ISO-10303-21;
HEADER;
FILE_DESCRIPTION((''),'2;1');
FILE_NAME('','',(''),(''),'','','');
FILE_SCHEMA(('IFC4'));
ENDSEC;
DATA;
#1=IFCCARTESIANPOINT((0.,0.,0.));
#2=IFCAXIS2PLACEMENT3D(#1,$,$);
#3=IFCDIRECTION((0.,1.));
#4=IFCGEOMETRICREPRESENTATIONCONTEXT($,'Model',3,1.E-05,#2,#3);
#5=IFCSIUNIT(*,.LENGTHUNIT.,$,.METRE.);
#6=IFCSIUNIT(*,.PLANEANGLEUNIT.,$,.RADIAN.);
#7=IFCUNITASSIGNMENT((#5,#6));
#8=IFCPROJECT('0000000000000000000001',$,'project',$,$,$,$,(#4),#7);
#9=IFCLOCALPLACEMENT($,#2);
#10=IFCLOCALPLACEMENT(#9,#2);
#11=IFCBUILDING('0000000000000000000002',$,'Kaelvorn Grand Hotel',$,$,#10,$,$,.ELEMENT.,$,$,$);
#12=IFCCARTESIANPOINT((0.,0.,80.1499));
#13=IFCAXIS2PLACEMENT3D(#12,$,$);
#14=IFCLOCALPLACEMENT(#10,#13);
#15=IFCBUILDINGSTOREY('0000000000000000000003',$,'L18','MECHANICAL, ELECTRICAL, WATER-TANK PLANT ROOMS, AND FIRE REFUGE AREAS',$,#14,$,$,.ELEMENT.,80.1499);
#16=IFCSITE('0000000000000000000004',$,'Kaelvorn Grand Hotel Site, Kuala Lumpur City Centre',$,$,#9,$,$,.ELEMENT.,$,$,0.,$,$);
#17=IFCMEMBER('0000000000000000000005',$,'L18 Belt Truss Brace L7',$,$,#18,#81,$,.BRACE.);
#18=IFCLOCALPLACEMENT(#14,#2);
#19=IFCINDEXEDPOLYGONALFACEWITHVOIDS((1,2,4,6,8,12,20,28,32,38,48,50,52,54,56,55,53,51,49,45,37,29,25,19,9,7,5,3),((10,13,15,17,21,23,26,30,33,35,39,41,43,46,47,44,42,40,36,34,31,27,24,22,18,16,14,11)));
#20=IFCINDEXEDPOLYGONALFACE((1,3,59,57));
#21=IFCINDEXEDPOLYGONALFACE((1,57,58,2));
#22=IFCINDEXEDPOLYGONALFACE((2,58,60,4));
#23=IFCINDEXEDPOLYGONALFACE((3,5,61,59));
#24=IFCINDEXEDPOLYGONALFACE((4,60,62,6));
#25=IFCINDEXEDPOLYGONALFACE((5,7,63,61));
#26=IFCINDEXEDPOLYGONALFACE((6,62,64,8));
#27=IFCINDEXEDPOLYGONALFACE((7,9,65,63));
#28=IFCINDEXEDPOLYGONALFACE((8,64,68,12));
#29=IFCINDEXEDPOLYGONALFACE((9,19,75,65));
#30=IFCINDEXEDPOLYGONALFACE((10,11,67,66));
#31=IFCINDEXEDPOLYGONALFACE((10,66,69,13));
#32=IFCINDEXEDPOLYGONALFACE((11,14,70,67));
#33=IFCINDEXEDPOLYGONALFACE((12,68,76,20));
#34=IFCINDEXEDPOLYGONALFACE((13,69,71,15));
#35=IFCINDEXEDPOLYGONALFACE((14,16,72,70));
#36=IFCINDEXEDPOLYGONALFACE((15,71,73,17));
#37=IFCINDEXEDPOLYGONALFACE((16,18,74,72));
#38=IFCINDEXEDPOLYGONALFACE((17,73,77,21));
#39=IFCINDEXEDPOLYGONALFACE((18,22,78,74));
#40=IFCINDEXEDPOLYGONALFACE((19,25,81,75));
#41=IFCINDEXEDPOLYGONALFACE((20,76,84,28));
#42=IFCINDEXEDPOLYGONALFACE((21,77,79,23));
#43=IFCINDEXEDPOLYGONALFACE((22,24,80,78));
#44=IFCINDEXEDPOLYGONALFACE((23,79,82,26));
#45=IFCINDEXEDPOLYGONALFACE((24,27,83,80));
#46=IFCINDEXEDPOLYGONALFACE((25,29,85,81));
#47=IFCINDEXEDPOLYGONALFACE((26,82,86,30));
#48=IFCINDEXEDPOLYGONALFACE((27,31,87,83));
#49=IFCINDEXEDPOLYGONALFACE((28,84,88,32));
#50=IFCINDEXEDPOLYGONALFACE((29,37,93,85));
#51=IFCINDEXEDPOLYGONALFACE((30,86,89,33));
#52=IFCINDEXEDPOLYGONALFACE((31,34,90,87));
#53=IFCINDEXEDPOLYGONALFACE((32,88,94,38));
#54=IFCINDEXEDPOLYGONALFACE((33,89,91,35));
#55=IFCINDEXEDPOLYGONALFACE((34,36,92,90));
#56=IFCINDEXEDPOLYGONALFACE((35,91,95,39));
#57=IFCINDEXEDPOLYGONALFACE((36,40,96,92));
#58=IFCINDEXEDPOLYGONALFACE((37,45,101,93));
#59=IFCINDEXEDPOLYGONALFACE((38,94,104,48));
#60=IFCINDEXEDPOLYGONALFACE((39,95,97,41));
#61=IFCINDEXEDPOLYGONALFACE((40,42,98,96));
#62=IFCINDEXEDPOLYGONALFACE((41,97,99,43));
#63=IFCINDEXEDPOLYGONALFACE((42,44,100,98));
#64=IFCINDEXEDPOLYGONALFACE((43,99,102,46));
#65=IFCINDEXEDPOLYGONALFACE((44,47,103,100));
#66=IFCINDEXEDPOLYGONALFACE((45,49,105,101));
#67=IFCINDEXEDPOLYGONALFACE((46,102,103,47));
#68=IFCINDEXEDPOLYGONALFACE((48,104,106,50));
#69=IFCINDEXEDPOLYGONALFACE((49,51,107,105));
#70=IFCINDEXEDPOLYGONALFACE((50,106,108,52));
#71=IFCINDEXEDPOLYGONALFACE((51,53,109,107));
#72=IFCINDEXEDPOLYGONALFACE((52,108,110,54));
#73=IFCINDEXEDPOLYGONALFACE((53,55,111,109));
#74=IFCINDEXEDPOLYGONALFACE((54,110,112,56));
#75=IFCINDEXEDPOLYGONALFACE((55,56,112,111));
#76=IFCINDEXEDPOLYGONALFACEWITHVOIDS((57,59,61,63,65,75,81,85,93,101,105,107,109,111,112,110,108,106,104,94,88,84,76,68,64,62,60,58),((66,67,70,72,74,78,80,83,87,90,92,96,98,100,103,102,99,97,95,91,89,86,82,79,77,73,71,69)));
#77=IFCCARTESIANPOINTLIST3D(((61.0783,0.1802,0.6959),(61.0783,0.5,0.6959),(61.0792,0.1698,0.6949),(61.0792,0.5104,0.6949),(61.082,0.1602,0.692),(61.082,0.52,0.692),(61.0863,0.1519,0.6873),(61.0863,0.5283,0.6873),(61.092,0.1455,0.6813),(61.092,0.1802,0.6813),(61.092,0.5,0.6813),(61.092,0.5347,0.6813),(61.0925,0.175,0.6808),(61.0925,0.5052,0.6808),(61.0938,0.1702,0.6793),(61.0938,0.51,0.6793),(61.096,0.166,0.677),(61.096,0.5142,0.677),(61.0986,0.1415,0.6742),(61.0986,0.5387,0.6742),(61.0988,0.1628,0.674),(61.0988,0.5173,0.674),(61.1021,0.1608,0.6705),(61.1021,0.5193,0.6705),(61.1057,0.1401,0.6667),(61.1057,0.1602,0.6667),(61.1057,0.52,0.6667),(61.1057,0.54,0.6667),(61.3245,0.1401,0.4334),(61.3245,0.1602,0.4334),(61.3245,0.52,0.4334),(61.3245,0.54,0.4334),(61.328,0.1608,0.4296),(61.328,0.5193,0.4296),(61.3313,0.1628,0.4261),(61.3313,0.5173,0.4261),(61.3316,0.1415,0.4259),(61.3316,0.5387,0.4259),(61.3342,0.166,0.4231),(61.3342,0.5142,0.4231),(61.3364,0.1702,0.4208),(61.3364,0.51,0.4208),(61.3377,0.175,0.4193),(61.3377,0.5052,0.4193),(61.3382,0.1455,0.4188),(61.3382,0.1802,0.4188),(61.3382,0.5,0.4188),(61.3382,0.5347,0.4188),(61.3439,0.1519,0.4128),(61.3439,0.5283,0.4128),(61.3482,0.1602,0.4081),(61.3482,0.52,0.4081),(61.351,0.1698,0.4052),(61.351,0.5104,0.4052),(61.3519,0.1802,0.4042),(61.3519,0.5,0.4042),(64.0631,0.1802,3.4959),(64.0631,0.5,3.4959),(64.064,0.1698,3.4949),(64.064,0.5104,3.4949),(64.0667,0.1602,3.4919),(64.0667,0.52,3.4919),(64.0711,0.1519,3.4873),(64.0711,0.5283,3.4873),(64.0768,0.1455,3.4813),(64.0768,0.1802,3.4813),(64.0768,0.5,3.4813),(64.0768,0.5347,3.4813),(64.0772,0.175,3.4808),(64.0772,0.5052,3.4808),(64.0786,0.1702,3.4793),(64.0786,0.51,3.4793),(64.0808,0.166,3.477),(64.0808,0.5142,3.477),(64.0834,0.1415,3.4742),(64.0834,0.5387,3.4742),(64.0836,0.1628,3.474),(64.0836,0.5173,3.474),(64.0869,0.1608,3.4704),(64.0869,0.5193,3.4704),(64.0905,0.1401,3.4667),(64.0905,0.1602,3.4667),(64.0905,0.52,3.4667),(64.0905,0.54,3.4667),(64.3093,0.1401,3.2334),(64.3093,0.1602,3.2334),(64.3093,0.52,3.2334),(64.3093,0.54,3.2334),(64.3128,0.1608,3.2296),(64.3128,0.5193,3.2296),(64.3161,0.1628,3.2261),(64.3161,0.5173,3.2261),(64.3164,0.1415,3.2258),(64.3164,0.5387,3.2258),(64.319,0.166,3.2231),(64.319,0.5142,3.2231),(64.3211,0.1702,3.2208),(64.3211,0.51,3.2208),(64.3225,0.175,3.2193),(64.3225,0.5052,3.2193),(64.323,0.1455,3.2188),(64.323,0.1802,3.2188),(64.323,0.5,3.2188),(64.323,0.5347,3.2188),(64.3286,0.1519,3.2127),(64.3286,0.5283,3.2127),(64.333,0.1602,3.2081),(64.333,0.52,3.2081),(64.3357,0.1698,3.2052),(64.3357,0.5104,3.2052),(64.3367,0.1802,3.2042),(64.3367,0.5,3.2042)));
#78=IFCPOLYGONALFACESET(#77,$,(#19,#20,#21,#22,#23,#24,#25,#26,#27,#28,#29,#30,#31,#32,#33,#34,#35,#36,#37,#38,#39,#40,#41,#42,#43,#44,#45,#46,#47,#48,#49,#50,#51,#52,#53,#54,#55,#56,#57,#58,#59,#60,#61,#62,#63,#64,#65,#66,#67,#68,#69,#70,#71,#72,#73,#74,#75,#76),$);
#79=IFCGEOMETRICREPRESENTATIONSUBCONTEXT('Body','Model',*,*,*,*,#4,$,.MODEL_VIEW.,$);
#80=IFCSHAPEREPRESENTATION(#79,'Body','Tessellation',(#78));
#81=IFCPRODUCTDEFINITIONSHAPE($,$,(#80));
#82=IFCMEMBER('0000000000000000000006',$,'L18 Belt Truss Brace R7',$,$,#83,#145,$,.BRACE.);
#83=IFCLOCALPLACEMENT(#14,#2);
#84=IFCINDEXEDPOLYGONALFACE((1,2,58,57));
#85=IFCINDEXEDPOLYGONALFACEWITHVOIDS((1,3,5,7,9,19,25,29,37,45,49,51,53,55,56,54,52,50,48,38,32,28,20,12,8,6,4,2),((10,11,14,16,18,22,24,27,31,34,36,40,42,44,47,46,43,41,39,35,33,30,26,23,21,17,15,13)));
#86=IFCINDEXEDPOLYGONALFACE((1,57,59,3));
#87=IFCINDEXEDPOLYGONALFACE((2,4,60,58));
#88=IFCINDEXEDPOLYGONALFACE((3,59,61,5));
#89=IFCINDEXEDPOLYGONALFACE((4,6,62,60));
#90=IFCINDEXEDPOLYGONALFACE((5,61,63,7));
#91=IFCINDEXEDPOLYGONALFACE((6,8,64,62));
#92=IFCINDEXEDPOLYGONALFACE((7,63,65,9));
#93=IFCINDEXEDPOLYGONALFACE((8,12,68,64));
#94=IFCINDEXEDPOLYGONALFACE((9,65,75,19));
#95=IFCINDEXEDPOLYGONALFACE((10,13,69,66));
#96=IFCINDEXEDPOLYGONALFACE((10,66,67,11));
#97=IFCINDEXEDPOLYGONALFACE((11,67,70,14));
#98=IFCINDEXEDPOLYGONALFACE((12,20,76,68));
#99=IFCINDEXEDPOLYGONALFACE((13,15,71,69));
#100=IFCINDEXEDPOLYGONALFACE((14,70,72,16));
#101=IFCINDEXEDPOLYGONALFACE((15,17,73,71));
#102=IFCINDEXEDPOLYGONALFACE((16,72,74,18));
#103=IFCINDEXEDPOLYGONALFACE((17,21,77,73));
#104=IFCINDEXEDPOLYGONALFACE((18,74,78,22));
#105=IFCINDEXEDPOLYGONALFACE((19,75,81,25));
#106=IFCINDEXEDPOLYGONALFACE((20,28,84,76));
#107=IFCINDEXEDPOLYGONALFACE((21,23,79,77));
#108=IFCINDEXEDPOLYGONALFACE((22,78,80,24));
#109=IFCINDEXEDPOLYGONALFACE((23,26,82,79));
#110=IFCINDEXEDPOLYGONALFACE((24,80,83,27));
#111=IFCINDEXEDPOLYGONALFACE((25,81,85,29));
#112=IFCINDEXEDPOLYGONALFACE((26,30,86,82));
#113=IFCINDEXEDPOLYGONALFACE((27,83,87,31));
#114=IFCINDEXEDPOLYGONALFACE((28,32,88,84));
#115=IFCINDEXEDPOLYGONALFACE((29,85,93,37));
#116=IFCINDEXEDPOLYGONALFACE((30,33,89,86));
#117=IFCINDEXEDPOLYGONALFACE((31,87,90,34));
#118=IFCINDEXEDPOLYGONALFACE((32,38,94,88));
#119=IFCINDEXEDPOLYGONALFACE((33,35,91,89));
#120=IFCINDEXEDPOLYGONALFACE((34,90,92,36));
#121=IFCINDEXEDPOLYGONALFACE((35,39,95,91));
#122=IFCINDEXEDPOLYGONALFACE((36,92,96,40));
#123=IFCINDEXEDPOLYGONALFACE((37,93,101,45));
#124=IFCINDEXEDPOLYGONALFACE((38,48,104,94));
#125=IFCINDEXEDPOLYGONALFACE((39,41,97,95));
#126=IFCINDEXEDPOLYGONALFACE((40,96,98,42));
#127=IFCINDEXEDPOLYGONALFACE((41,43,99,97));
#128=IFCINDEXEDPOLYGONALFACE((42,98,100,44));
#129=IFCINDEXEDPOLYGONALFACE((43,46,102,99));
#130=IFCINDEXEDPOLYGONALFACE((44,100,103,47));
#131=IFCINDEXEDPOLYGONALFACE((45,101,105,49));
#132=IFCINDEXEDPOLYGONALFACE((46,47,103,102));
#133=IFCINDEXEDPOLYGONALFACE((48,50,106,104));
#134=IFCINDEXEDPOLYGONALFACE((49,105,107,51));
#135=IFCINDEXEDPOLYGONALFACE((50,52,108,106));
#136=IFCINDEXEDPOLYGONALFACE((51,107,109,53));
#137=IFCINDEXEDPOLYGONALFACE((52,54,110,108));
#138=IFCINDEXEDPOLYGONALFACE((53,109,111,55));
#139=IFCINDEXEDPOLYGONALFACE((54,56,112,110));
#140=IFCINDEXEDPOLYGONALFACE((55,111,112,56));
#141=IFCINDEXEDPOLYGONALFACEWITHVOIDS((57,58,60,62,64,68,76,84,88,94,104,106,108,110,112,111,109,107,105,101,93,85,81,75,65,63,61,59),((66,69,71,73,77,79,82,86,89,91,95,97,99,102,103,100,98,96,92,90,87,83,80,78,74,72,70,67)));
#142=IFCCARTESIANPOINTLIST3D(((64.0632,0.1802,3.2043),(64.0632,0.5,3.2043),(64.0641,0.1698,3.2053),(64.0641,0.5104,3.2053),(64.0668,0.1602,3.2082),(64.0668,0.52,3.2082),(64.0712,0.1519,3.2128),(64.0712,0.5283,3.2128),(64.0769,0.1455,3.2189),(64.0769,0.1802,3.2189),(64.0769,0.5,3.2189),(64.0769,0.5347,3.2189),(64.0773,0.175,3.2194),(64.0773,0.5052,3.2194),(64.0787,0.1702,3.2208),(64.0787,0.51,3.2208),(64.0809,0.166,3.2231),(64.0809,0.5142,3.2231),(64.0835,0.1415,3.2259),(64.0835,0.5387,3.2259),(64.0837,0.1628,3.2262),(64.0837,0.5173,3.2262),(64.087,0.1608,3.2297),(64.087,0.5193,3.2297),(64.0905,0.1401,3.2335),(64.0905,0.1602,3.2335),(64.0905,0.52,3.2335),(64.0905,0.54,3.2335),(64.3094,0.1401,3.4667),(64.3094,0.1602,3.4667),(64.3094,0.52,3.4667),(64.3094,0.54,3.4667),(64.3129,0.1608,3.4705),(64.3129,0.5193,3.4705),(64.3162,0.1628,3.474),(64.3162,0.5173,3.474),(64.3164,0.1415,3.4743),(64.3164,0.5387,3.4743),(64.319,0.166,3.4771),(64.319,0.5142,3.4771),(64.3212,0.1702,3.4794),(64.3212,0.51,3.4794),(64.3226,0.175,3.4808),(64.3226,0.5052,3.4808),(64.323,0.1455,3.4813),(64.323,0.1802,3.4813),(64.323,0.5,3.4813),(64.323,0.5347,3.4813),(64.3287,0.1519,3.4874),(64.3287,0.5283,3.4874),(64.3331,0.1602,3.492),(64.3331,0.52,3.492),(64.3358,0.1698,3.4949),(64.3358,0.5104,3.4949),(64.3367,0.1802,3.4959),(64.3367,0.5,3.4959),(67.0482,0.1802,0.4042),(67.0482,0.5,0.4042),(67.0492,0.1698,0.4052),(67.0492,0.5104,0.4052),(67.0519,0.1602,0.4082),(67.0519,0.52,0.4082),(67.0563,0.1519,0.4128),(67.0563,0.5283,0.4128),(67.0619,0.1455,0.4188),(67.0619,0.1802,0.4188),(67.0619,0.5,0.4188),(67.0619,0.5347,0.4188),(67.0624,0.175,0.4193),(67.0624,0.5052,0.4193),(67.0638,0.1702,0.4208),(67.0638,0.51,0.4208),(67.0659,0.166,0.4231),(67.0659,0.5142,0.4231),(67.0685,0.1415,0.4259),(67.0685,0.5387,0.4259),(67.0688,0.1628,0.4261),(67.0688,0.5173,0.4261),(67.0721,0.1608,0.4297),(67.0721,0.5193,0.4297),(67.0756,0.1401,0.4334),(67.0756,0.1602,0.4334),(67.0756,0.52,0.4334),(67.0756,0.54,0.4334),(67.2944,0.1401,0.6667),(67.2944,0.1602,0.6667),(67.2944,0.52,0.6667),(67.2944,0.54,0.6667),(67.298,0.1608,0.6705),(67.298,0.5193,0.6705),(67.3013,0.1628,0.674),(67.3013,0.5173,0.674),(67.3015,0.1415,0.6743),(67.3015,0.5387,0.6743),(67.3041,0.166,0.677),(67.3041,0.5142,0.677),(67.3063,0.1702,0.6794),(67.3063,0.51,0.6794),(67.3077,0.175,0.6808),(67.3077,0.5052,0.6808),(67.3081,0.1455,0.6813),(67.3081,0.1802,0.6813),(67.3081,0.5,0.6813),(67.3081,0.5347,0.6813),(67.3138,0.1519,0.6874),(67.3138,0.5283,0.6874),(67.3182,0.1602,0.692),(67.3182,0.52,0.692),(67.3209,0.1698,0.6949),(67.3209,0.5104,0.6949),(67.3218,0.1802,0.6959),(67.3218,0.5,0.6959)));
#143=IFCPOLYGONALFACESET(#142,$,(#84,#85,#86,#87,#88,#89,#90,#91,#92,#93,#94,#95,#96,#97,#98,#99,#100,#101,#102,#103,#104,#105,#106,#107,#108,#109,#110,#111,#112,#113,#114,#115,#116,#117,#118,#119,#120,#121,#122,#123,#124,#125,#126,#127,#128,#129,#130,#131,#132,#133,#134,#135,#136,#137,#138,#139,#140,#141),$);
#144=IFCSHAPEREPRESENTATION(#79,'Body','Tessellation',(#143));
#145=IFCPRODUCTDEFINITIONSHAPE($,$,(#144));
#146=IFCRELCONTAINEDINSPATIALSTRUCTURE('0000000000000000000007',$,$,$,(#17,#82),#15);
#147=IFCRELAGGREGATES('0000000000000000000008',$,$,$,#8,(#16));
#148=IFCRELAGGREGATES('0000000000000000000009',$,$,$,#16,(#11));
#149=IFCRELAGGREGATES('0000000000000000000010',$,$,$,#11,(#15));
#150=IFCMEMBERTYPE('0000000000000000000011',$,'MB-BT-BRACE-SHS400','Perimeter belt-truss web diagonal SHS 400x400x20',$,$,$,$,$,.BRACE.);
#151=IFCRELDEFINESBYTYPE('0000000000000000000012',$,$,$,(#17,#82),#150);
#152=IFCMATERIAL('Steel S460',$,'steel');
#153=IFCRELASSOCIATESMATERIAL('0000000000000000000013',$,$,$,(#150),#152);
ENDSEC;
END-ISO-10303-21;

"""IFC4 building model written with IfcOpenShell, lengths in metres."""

from ifc_helpers import new_model, si_unit, direction, frame, origin, origin_2d, place, context, subcontext, project, spatial, hollow_rectangle, extrude, material, material_profile, profile_set, type_object, element, save


model = new_model("IFC4")

# Units and contexts
model_context = context("Model", 3, precision=1e-05, world=origin(), true_north=direction((0.0, 1.0)))
body_context = subcontext(model_context, "Body", "Model", "MODEL_VIEW")
ifc_project = project(units=[si_unit("LENGTHUNIT", "METRE"), si_unit("PLANEANGLEUNIT", "RADIAN")], contexts=[model_context])

# Site, building, storey
site_placement = place(None, origin())
site = spatial("IfcSite", under=ifc_project, at=site_placement, Name="Kaelvorn Grand Hotel Site, Kuala Lumpur City Centre", CompositionType="ELEMENT", RefElevation=0.0)
building_placement = place(site_placement, origin())
building = spatial("IfcBuilding", under=site, at=building_placement, Name="Kaelvorn Grand Hotel", CompositionType="ELEMENT")
storey_placement = place(building_placement, frame((0.0, 0.0, 80.1499)))
storey = spatial("IfcBuildingStorey", under=building, at=storey_placement, Name="L18", Description="MECHANICAL, ELECTRICAL, WATER-TANK PLANT ROOMS, AND FIRE REFUGE AREAS", CompositionType="ELEMENT", Elevation=80.1499)

# Members
ifc_material_1 = material(Name="Steel S460", Category="steel")
ifc_material_profile_1 = material_profile(ifc_material_1, hollow_rectangle(XDim=0.3999, YDim=0.3999, WallThickness=0.02, InnerFilletRadius=0.02, OuterFilletRadius=0.04, at=origin_2d()), Name="SHS 400x400x20.0")
ifc_profile_set_1 = profile_set([ifc_material_profile_1], Name="Steel S460")
member_type_1 = type_object("IfcMemberType", Name="MB-BT-BRACE-SHS400", Description="Perimeter belt-truss web diagonal SHS 400x400x20", PredefinedType="BRACE", material=ifc_profile_set_1)
member_1_placement = place(storey_placement, frame((61.2151, 0.3401, 0.55), z_axis=(0.729325, 0.0, 0.684167), x_axis=(0.0, 1.0, 0.0)))
element("IfcMember", 1, at=member_1_placement, inside=storey, type_object=member_type_1, Name="L18 Belt Truss Brace L7", PredefinedType="BRACE", context=body_context, shape_type="SweptSolid", body=[
    extrude(hollow_rectangle(XDim=0.3999, YDim=0.3999, WallThickness=0.02, InnerFilletRadius=0.02, OuterFilletRadius=0.04, at=origin_2d()), origin(), (0.0, 0.0, 1.0), 4.0925),
])
member_2_placement = place(storey_placement, frame((64.2, 0.3401, 3.3501), z_axis=(0.729353, 0.0, -0.684138), x_axis=(0.0, 1.0, 0.0)))
element("IfcMember", 2, at=member_2_placement, inside=storey, type_object=member_type_1, Name="L18 Belt Truss Brace R7", PredefinedType="BRACE", context=body_context, shape_type="SweptSolid", body=[
    extrude(hollow_rectangle(XDim=0.3999, YDim=0.3999, WallThickness=0.02, InnerFilletRadius=0.02, OuterFilletRadius=0.04, at=origin_2d()), origin(), (0.0, 0.0, 1.0), 4.0928),
])

save(model, "model.ifc")
